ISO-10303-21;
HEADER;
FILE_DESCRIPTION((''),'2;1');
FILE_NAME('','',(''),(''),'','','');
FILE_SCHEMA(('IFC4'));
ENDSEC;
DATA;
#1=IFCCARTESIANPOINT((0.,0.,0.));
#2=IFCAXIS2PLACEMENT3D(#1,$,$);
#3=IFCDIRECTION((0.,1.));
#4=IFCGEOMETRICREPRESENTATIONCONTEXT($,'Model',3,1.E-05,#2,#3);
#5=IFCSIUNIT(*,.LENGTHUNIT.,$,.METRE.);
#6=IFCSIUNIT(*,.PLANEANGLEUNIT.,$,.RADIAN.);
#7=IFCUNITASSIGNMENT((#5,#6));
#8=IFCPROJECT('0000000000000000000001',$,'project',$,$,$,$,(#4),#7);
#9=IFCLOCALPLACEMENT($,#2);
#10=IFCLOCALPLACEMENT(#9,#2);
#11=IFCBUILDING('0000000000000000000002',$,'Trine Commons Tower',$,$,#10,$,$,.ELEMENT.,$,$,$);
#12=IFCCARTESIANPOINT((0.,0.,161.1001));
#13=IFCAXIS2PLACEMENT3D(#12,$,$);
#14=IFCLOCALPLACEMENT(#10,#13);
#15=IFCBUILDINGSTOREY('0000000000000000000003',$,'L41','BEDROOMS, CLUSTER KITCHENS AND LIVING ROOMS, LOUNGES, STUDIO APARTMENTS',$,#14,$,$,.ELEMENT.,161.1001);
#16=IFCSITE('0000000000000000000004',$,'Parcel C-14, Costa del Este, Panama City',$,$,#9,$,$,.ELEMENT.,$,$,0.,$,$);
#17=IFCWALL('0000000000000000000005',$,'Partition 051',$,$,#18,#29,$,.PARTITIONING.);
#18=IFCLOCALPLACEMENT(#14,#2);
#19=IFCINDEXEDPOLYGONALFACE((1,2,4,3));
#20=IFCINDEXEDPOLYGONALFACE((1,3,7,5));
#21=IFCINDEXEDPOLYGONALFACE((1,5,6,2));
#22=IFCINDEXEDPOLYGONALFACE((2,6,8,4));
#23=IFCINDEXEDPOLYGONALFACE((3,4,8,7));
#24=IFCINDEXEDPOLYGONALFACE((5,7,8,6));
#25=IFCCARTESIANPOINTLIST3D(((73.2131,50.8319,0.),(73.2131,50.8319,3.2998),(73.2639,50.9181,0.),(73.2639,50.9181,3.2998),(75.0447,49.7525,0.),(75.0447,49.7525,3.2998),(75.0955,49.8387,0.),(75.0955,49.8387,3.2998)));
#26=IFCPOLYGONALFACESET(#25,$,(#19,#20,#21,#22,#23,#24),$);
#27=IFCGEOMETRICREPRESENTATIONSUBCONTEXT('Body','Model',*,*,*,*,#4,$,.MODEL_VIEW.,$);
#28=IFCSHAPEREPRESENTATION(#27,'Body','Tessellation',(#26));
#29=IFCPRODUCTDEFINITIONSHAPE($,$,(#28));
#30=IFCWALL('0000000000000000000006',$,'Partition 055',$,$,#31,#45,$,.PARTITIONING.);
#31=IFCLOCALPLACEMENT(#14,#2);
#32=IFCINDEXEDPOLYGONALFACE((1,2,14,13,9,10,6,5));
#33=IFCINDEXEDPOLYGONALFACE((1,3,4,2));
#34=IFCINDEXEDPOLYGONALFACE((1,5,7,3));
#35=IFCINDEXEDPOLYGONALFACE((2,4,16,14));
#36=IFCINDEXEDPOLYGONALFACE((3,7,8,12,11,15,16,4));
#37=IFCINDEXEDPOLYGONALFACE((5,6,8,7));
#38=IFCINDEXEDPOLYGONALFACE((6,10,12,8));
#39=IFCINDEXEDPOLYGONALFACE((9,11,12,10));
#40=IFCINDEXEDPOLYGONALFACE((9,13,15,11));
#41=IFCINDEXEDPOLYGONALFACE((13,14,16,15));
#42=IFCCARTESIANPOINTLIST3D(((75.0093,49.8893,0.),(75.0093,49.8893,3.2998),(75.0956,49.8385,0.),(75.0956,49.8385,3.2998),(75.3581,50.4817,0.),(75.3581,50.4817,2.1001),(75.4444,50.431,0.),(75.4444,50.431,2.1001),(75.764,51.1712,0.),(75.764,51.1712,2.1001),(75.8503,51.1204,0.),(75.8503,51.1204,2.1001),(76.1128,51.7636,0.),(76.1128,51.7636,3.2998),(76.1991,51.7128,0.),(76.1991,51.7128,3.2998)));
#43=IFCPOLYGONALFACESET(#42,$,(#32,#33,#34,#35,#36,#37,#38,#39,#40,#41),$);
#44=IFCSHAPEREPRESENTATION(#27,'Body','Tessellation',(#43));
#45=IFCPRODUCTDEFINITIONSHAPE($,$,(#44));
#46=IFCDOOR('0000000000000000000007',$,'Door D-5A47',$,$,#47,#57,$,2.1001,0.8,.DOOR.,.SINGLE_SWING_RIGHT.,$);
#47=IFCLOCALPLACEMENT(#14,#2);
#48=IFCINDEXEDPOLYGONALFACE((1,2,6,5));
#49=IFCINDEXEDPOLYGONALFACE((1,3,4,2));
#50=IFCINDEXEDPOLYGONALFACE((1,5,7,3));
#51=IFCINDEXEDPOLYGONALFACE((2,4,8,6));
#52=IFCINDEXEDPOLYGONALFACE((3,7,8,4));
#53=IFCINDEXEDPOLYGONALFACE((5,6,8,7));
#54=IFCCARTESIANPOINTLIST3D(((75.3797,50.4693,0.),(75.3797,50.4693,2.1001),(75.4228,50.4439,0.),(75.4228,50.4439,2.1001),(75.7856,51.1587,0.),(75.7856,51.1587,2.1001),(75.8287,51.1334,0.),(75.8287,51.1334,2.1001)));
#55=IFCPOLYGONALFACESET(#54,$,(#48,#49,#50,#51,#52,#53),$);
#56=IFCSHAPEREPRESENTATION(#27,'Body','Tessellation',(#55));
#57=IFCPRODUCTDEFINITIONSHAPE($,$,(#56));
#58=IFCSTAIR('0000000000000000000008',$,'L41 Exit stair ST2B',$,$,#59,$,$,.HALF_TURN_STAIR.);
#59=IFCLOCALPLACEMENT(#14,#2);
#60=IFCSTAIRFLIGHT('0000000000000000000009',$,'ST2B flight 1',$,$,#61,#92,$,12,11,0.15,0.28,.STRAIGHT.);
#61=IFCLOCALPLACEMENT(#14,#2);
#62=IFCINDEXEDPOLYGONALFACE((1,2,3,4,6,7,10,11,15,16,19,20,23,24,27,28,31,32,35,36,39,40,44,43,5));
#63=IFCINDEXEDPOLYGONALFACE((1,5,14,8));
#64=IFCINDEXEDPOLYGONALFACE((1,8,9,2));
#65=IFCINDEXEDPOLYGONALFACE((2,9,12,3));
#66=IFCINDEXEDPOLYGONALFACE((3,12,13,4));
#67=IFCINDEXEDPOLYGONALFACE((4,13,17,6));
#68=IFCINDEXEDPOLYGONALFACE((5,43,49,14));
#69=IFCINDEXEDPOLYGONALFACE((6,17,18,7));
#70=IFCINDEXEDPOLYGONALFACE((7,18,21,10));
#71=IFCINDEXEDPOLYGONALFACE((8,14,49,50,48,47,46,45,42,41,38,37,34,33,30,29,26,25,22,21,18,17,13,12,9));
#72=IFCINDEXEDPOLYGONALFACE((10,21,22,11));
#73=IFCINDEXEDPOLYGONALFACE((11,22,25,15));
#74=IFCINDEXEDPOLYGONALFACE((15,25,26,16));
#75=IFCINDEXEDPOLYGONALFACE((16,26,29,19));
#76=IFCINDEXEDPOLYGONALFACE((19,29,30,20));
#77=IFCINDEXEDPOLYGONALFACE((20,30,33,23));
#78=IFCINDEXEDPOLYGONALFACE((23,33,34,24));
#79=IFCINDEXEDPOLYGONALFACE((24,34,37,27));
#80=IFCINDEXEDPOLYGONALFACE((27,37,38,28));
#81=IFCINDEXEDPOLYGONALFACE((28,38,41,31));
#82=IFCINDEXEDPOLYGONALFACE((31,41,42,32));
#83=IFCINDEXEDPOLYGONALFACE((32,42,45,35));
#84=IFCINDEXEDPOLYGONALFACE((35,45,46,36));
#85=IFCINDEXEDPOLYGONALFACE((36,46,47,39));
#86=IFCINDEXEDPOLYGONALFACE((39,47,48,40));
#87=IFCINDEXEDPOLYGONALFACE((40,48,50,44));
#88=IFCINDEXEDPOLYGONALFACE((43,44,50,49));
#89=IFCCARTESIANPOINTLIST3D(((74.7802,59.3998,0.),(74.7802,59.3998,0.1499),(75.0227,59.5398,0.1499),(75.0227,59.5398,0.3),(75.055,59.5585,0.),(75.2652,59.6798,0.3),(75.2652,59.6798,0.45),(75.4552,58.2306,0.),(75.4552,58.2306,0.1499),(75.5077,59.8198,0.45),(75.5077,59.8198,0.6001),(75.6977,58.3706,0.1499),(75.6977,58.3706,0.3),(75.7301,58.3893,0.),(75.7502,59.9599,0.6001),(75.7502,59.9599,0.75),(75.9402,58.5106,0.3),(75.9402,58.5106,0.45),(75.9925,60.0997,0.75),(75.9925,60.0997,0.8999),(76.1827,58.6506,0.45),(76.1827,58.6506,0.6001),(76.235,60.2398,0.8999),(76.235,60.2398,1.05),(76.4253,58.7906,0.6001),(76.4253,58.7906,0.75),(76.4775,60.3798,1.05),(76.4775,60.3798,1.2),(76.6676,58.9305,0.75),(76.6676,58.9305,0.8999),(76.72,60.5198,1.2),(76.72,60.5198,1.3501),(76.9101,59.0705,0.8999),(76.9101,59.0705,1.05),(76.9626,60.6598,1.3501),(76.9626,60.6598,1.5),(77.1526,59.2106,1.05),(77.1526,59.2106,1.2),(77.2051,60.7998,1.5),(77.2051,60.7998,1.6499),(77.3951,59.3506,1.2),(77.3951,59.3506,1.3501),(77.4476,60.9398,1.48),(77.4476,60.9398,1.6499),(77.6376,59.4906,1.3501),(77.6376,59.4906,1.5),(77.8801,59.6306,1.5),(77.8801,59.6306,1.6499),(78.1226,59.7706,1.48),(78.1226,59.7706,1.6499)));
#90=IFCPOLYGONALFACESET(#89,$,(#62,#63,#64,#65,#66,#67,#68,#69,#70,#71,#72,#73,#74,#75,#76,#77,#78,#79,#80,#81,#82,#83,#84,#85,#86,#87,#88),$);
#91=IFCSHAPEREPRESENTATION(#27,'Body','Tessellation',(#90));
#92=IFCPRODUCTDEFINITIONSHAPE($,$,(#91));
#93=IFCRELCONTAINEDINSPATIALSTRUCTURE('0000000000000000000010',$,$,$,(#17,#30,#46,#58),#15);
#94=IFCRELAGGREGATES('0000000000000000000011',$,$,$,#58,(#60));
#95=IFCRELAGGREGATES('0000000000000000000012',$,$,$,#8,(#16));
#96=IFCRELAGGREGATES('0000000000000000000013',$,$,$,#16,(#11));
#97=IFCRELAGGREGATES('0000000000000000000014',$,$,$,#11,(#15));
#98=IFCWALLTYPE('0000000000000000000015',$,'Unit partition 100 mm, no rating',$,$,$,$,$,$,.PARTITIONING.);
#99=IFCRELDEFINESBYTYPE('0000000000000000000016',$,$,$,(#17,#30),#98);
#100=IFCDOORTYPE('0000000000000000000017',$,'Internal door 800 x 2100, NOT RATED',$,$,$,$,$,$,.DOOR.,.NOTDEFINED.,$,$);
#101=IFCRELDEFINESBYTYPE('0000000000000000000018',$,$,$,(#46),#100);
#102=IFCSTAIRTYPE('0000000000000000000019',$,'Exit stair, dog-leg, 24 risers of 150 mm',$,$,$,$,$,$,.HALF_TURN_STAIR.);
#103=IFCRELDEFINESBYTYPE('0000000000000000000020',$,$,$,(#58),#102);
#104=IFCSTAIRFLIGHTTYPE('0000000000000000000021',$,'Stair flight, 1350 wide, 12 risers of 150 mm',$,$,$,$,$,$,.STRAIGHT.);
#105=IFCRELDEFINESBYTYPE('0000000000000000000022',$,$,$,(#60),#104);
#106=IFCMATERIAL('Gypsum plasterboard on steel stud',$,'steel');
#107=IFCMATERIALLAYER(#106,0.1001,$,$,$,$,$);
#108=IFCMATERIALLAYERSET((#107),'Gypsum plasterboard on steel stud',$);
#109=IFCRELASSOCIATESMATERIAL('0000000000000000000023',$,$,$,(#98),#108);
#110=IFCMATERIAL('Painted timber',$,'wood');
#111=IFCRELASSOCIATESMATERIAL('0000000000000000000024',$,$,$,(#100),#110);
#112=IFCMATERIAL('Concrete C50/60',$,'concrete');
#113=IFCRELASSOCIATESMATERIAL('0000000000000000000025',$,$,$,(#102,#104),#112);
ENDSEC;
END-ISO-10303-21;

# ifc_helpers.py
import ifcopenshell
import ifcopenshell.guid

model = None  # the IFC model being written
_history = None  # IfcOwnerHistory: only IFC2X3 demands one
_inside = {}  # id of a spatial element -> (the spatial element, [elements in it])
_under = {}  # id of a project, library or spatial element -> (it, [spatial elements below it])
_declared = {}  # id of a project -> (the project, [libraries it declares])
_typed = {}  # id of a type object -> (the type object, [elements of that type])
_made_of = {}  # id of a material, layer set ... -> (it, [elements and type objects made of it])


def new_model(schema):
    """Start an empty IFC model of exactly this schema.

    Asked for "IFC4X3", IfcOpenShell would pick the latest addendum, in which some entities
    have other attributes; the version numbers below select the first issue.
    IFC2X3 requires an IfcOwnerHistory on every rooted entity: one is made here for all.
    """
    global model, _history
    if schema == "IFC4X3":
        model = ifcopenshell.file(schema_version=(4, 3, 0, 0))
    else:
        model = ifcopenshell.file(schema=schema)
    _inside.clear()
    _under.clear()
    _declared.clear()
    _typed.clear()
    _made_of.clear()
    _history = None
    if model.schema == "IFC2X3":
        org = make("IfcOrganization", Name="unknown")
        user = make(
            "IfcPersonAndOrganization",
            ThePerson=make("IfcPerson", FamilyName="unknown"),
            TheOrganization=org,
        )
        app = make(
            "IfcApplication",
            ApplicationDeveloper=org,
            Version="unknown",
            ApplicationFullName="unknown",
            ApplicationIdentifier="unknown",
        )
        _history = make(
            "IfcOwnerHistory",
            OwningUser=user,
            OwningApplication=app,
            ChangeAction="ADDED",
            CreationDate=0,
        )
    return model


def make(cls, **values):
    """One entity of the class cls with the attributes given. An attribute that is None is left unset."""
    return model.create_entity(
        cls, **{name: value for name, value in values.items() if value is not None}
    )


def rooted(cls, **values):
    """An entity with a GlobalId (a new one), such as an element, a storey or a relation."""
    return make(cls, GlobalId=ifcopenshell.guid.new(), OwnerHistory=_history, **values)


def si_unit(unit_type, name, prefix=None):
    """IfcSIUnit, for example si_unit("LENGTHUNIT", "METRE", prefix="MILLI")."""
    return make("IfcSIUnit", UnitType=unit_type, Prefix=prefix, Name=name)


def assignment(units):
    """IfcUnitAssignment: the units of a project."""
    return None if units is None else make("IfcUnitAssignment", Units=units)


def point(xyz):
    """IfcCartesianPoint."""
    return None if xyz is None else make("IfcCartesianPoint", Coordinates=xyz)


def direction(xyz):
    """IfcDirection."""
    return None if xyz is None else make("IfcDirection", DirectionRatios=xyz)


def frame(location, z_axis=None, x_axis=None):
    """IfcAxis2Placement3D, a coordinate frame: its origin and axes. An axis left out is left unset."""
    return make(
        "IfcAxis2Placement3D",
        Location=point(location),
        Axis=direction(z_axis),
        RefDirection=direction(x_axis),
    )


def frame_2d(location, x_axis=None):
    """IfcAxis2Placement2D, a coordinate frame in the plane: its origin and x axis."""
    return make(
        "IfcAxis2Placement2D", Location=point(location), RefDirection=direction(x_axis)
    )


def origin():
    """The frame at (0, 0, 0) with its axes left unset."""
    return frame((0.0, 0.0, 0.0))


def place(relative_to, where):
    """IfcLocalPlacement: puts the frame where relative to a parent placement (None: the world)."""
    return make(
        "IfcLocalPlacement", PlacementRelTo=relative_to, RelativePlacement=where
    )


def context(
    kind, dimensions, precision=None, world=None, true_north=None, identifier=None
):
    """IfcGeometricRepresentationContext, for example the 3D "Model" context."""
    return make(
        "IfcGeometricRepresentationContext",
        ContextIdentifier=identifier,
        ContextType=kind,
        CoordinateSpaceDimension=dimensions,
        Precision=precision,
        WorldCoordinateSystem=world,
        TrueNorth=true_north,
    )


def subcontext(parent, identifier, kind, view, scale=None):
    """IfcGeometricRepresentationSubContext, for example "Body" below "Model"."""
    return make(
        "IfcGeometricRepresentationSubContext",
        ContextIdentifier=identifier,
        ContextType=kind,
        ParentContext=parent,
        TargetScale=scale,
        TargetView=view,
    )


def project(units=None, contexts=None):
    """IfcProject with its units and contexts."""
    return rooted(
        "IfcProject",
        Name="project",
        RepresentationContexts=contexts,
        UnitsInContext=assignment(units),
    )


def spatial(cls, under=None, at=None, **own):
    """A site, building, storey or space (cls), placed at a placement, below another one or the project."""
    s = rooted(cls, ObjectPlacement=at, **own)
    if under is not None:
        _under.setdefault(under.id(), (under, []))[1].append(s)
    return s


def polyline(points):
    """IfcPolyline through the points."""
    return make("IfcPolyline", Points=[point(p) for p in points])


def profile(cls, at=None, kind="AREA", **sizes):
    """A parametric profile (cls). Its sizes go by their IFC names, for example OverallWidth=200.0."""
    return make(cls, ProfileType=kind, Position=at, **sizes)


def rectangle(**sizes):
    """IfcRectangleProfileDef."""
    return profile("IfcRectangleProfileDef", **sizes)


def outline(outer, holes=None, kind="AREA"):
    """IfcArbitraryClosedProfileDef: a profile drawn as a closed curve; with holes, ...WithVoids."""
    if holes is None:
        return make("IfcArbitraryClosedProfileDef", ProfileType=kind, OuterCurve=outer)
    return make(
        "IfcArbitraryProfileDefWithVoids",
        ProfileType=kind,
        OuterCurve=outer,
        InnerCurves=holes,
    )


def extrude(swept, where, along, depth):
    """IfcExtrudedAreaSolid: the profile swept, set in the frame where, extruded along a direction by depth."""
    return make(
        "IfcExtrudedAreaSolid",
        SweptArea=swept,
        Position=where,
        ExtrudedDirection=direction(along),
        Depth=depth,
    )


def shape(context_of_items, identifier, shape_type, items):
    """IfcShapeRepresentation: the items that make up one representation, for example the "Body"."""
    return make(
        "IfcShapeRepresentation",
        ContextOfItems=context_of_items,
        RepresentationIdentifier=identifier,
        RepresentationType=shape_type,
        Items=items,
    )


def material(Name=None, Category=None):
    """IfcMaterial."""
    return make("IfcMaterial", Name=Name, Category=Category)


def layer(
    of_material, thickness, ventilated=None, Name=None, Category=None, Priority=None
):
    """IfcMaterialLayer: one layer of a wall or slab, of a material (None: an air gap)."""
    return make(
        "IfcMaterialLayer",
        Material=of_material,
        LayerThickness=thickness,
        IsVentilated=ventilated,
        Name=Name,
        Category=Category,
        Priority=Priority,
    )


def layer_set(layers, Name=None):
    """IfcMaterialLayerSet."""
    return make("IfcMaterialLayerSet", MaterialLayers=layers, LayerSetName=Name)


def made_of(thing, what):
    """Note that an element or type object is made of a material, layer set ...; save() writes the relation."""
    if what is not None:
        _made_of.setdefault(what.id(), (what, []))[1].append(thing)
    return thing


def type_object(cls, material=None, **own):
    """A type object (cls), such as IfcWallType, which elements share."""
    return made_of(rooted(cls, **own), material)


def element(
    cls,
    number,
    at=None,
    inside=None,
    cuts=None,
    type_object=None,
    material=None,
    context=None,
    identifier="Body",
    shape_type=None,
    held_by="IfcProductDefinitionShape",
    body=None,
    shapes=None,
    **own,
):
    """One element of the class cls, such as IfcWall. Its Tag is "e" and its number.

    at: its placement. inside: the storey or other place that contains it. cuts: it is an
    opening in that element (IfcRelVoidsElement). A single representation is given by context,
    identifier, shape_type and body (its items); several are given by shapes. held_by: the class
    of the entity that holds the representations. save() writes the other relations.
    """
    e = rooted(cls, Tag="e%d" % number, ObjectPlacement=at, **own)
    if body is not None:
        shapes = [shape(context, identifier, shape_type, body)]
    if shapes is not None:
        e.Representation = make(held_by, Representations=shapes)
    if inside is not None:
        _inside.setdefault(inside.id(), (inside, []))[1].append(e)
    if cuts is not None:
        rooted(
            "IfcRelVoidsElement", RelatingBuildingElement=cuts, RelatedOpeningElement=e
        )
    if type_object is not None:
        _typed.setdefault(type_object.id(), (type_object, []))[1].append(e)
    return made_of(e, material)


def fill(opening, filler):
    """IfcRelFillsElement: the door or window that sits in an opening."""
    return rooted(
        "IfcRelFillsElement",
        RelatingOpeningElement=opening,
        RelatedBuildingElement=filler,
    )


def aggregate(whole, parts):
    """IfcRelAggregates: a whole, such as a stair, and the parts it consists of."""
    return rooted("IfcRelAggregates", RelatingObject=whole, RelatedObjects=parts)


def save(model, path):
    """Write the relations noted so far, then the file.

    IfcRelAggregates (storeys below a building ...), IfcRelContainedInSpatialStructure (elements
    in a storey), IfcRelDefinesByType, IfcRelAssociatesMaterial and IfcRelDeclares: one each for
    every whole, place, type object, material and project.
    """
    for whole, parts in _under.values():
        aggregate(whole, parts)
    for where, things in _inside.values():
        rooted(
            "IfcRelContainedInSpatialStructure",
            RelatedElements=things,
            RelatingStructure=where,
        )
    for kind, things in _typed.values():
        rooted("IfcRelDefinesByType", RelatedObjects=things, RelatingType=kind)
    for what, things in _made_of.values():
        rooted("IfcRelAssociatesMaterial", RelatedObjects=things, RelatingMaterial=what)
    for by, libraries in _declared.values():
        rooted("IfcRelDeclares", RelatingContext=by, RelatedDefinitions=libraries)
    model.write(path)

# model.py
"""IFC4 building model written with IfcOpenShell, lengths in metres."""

from ifc_helpers import new_model, si_unit, direction, frame, frame_2d, origin, place, context, subcontext, project, spatial, polyline, rectangle, outline, extrude, material, layer, layer_set, type_object, element, fill, aggregate, save


model = new_model("IFC4")

# Units and contexts
model_context = context("Model", 3, precision=1e-05, world=origin(), true_north=direction((0.0, 1.0)))
body_context = subcontext(model_context, "Body", "Model", "MODEL_VIEW")
ifc_project = project(units=[si_unit("LENGTHUNIT", "METRE"), si_unit("PLANEANGLEUNIT", "RADIAN")], contexts=[model_context])

# Site, building, storey
site_placement = place(None, origin())
site = spatial("IfcSite", under=ifc_project, at=site_placement, Name="Parcel C-14, Costa del Este, Panama City", CompositionType="ELEMENT", RefElevation=0.0)
building_placement = place(site_placement, origin())
building = spatial("IfcBuilding", under=site, at=building_placement, Name="Trine Commons Tower", CompositionType="ELEMENT")
storey_placement = place(building_placement, frame((0.0, 0.0, 161.1001)))
storey = spatial("IfcBuildingStorey", under=building, at=storey_placement, Name="L41", Description="BEDROOMS, CLUSTER KITCHENS AND LIVING ROOMS, LOUNGES, STUDIO APARTMENTS", CompositionType="ELEMENT", Elevation=161.1001)

# Shared definitions
ifc_material_1 = material(Name="Gypsum plasterboard on steel stud", Category="steel")

# Shared definitions
ifc_layer_1 = layer(ifc_material_1, 0.1001)
ifc_layer_set_1 = layer_set([ifc_layer_1], Name="Gypsum plasterboard on steel stud")
wall_type_1 = type_object("IfcWallType", Name="Unit partition 100 mm, no rating", PredefinedType="PARTITIONING", material=ifc_layer_set_1)
ifc_material_2 = material(Name="Painted timber", Category="wood")
door_type_1 = type_object("IfcDoorType", Name="Internal door 800 x 2100, NOT RATED", OperationType="NOTDEFINED", PredefinedType="DOOR", material=ifc_material_2)

# Wall
wall_1_placement = place(storey_placement, frame((73.2385, 50.875, 0.0), z_axis=(0.0, 0.0, 1.0), x_axis=(0.861529, -0.507708, 0.0)))
element("IfcWall", 1, at=wall_1_placement, inside=storey, type_object=wall_type_1, Name="Partition 051", PredefinedType="PARTITIONING", context=body_context, shape_type="SweptSolid", body=[
    extrude(rectangle(XDim=2.126, YDim=0.1001, at=frame_2d((1.063, 0.0))), origin(), (0.0, 0.0, 1.0), 3.2998),
])

# Wall, opening, door
wall_2_placement = place(storey_placement, frame((75.0525, 49.864, 0.0), z_axis=(0.0, 0.0, 1.0), x_axis=(0.507363, 0.861732, 0.0)))
wall_2 = element("IfcWall", 2, at=wall_2_placement, inside=storey, type_object=wall_type_1, Name="Partition 055", PredefinedType="PARTITIONING", context=body_context, shape_type="SweptSolid", body=[
    extrude(rectangle(XDim=2.175, YDim=0.1001, at=frame_2d((1.0874, 0.0))), origin(), (0.0, 0.0, 1.0), 3.2998),
])
opening_1_placement = place(wall_2_placement, frame((0.6875, 0.0, 0.0)))
opening_1 = element("IfcOpeningElement", 3, at=opening_1_placement, cuts=wall_2, PredefinedType="OPENING", context=body_context, shape_type="SweptSolid", body=[
    extrude(rectangle(XDim=0.8, YDim=2.1001, at=frame_2d((0.3999, 1.05))), frame((0.0, 0.0601, 0.0), z_axis=(0.0, -1.0, 0.0), x_axis=(1.0, 0.0, 0.0)), (0.0, 0.0, 1.0), 0.1201),
])
door_1_placement = place(opening_1_placement, frame((0.8, 0.0, 0.0), z_axis=(0.0, 0.0, 1.0), x_axis=(-1.0, 0.0, 0.0)))
door_1 = element("IfcDoor", 4, at=door_1_placement, inside=storey, type_object=door_type_1, Name="Door D-5A47", OperationType="SINGLE_SWING_RIGHT", OverallHeight=2.1001, OverallWidth=0.8, PredefinedType="DOOR", context=body_context, shape_type="SweptSolid", body=[
    extrude(rectangle(XDim=0.8, YDim=2.1001, at=frame_2d((0.3999, 1.05))), frame((0.0, 0.0249, 0.0), z_axis=(0.0, -1.0, 0.0), x_axis=(1.0, 0.0, 0.0)), (0.0, 0.0, 1.0), 0.05),
])
fill(opening_1, door_1)

# Stair, stair flight
ifc_material_3 = material(Name="Concrete C50/60", Category="concrete")
stair_type = type_object("IfcStairType", Name="Exit stair, dog-leg, 24 risers of 150 mm", PredefinedType="HALF_TURN_STAIR", material=ifc_material_3)
stair_placement = place(storey_placement, origin())
stair = element("IfcStair", 5, at=stair_placement, inside=storey, type_object=stair_type, Name="L41 Exit stair ST2B", PredefinedType="HALF_TURN_STAIR")
stair_flight_type = type_object("IfcStairFlightType", Name="Stair flight, 1350 wide, 12 risers of 150 mm", PredefinedType="STRAIGHT", material=ifc_material_3)
stair_flight_placement = place(storey_placement, frame((75.1177, 58.8152, 0.0), z_axis=(0.0, 0.0, 1.0), x_axis=(0.866025, 0.5, 0.0)))
stair_flight = element("IfcStairFlight", 6, at=stair_flight_placement, type_object=stair_flight_type, Name="ST2B flight 1", NumberOfRisers=12, NumberOfTreads=11, PredefinedType="STRAIGHT", RiserHeight=0.15, TreadLength=0.28, context=body_context, shape_type="SweptSolid", body=[
    extrude(outline(polyline([(0.0, 0.0), (0.0, 0.1499), (0.28, 0.1499), (0.28, 0.3), (0.5601, 0.3), (0.5601, 0.45), (0.8401, 0.45), (0.8401, 0.6001), (1.1201, 0.6001), (1.1201, 0.75), (1.3999, 0.75), (1.3999, 0.8999), (1.6799, 0.8999), (1.6799, 1.05), (1.96, 1.05), (1.96, 1.2), (2.24, 1.2), (2.24, 1.3501), (2.52, 1.3501), (2.52, 1.5), (2.8, 1.5), (2.8, 1.6499), (3.0801, 1.6499), (3.0801, 1.8), (3.0801, 1.48), (0.3174, 0.0), (0.0, 0.0)])), frame((0.0, 0.675, 0.0), z_axis=(0.0, -1.0, 0.0), x_axis=(1.0, 0.0, 0.0)), (0.0, 0.0, 1.0), 1.3501),
])
aggregate(stair, [stair_flight])

save(model, "model.ifc")
